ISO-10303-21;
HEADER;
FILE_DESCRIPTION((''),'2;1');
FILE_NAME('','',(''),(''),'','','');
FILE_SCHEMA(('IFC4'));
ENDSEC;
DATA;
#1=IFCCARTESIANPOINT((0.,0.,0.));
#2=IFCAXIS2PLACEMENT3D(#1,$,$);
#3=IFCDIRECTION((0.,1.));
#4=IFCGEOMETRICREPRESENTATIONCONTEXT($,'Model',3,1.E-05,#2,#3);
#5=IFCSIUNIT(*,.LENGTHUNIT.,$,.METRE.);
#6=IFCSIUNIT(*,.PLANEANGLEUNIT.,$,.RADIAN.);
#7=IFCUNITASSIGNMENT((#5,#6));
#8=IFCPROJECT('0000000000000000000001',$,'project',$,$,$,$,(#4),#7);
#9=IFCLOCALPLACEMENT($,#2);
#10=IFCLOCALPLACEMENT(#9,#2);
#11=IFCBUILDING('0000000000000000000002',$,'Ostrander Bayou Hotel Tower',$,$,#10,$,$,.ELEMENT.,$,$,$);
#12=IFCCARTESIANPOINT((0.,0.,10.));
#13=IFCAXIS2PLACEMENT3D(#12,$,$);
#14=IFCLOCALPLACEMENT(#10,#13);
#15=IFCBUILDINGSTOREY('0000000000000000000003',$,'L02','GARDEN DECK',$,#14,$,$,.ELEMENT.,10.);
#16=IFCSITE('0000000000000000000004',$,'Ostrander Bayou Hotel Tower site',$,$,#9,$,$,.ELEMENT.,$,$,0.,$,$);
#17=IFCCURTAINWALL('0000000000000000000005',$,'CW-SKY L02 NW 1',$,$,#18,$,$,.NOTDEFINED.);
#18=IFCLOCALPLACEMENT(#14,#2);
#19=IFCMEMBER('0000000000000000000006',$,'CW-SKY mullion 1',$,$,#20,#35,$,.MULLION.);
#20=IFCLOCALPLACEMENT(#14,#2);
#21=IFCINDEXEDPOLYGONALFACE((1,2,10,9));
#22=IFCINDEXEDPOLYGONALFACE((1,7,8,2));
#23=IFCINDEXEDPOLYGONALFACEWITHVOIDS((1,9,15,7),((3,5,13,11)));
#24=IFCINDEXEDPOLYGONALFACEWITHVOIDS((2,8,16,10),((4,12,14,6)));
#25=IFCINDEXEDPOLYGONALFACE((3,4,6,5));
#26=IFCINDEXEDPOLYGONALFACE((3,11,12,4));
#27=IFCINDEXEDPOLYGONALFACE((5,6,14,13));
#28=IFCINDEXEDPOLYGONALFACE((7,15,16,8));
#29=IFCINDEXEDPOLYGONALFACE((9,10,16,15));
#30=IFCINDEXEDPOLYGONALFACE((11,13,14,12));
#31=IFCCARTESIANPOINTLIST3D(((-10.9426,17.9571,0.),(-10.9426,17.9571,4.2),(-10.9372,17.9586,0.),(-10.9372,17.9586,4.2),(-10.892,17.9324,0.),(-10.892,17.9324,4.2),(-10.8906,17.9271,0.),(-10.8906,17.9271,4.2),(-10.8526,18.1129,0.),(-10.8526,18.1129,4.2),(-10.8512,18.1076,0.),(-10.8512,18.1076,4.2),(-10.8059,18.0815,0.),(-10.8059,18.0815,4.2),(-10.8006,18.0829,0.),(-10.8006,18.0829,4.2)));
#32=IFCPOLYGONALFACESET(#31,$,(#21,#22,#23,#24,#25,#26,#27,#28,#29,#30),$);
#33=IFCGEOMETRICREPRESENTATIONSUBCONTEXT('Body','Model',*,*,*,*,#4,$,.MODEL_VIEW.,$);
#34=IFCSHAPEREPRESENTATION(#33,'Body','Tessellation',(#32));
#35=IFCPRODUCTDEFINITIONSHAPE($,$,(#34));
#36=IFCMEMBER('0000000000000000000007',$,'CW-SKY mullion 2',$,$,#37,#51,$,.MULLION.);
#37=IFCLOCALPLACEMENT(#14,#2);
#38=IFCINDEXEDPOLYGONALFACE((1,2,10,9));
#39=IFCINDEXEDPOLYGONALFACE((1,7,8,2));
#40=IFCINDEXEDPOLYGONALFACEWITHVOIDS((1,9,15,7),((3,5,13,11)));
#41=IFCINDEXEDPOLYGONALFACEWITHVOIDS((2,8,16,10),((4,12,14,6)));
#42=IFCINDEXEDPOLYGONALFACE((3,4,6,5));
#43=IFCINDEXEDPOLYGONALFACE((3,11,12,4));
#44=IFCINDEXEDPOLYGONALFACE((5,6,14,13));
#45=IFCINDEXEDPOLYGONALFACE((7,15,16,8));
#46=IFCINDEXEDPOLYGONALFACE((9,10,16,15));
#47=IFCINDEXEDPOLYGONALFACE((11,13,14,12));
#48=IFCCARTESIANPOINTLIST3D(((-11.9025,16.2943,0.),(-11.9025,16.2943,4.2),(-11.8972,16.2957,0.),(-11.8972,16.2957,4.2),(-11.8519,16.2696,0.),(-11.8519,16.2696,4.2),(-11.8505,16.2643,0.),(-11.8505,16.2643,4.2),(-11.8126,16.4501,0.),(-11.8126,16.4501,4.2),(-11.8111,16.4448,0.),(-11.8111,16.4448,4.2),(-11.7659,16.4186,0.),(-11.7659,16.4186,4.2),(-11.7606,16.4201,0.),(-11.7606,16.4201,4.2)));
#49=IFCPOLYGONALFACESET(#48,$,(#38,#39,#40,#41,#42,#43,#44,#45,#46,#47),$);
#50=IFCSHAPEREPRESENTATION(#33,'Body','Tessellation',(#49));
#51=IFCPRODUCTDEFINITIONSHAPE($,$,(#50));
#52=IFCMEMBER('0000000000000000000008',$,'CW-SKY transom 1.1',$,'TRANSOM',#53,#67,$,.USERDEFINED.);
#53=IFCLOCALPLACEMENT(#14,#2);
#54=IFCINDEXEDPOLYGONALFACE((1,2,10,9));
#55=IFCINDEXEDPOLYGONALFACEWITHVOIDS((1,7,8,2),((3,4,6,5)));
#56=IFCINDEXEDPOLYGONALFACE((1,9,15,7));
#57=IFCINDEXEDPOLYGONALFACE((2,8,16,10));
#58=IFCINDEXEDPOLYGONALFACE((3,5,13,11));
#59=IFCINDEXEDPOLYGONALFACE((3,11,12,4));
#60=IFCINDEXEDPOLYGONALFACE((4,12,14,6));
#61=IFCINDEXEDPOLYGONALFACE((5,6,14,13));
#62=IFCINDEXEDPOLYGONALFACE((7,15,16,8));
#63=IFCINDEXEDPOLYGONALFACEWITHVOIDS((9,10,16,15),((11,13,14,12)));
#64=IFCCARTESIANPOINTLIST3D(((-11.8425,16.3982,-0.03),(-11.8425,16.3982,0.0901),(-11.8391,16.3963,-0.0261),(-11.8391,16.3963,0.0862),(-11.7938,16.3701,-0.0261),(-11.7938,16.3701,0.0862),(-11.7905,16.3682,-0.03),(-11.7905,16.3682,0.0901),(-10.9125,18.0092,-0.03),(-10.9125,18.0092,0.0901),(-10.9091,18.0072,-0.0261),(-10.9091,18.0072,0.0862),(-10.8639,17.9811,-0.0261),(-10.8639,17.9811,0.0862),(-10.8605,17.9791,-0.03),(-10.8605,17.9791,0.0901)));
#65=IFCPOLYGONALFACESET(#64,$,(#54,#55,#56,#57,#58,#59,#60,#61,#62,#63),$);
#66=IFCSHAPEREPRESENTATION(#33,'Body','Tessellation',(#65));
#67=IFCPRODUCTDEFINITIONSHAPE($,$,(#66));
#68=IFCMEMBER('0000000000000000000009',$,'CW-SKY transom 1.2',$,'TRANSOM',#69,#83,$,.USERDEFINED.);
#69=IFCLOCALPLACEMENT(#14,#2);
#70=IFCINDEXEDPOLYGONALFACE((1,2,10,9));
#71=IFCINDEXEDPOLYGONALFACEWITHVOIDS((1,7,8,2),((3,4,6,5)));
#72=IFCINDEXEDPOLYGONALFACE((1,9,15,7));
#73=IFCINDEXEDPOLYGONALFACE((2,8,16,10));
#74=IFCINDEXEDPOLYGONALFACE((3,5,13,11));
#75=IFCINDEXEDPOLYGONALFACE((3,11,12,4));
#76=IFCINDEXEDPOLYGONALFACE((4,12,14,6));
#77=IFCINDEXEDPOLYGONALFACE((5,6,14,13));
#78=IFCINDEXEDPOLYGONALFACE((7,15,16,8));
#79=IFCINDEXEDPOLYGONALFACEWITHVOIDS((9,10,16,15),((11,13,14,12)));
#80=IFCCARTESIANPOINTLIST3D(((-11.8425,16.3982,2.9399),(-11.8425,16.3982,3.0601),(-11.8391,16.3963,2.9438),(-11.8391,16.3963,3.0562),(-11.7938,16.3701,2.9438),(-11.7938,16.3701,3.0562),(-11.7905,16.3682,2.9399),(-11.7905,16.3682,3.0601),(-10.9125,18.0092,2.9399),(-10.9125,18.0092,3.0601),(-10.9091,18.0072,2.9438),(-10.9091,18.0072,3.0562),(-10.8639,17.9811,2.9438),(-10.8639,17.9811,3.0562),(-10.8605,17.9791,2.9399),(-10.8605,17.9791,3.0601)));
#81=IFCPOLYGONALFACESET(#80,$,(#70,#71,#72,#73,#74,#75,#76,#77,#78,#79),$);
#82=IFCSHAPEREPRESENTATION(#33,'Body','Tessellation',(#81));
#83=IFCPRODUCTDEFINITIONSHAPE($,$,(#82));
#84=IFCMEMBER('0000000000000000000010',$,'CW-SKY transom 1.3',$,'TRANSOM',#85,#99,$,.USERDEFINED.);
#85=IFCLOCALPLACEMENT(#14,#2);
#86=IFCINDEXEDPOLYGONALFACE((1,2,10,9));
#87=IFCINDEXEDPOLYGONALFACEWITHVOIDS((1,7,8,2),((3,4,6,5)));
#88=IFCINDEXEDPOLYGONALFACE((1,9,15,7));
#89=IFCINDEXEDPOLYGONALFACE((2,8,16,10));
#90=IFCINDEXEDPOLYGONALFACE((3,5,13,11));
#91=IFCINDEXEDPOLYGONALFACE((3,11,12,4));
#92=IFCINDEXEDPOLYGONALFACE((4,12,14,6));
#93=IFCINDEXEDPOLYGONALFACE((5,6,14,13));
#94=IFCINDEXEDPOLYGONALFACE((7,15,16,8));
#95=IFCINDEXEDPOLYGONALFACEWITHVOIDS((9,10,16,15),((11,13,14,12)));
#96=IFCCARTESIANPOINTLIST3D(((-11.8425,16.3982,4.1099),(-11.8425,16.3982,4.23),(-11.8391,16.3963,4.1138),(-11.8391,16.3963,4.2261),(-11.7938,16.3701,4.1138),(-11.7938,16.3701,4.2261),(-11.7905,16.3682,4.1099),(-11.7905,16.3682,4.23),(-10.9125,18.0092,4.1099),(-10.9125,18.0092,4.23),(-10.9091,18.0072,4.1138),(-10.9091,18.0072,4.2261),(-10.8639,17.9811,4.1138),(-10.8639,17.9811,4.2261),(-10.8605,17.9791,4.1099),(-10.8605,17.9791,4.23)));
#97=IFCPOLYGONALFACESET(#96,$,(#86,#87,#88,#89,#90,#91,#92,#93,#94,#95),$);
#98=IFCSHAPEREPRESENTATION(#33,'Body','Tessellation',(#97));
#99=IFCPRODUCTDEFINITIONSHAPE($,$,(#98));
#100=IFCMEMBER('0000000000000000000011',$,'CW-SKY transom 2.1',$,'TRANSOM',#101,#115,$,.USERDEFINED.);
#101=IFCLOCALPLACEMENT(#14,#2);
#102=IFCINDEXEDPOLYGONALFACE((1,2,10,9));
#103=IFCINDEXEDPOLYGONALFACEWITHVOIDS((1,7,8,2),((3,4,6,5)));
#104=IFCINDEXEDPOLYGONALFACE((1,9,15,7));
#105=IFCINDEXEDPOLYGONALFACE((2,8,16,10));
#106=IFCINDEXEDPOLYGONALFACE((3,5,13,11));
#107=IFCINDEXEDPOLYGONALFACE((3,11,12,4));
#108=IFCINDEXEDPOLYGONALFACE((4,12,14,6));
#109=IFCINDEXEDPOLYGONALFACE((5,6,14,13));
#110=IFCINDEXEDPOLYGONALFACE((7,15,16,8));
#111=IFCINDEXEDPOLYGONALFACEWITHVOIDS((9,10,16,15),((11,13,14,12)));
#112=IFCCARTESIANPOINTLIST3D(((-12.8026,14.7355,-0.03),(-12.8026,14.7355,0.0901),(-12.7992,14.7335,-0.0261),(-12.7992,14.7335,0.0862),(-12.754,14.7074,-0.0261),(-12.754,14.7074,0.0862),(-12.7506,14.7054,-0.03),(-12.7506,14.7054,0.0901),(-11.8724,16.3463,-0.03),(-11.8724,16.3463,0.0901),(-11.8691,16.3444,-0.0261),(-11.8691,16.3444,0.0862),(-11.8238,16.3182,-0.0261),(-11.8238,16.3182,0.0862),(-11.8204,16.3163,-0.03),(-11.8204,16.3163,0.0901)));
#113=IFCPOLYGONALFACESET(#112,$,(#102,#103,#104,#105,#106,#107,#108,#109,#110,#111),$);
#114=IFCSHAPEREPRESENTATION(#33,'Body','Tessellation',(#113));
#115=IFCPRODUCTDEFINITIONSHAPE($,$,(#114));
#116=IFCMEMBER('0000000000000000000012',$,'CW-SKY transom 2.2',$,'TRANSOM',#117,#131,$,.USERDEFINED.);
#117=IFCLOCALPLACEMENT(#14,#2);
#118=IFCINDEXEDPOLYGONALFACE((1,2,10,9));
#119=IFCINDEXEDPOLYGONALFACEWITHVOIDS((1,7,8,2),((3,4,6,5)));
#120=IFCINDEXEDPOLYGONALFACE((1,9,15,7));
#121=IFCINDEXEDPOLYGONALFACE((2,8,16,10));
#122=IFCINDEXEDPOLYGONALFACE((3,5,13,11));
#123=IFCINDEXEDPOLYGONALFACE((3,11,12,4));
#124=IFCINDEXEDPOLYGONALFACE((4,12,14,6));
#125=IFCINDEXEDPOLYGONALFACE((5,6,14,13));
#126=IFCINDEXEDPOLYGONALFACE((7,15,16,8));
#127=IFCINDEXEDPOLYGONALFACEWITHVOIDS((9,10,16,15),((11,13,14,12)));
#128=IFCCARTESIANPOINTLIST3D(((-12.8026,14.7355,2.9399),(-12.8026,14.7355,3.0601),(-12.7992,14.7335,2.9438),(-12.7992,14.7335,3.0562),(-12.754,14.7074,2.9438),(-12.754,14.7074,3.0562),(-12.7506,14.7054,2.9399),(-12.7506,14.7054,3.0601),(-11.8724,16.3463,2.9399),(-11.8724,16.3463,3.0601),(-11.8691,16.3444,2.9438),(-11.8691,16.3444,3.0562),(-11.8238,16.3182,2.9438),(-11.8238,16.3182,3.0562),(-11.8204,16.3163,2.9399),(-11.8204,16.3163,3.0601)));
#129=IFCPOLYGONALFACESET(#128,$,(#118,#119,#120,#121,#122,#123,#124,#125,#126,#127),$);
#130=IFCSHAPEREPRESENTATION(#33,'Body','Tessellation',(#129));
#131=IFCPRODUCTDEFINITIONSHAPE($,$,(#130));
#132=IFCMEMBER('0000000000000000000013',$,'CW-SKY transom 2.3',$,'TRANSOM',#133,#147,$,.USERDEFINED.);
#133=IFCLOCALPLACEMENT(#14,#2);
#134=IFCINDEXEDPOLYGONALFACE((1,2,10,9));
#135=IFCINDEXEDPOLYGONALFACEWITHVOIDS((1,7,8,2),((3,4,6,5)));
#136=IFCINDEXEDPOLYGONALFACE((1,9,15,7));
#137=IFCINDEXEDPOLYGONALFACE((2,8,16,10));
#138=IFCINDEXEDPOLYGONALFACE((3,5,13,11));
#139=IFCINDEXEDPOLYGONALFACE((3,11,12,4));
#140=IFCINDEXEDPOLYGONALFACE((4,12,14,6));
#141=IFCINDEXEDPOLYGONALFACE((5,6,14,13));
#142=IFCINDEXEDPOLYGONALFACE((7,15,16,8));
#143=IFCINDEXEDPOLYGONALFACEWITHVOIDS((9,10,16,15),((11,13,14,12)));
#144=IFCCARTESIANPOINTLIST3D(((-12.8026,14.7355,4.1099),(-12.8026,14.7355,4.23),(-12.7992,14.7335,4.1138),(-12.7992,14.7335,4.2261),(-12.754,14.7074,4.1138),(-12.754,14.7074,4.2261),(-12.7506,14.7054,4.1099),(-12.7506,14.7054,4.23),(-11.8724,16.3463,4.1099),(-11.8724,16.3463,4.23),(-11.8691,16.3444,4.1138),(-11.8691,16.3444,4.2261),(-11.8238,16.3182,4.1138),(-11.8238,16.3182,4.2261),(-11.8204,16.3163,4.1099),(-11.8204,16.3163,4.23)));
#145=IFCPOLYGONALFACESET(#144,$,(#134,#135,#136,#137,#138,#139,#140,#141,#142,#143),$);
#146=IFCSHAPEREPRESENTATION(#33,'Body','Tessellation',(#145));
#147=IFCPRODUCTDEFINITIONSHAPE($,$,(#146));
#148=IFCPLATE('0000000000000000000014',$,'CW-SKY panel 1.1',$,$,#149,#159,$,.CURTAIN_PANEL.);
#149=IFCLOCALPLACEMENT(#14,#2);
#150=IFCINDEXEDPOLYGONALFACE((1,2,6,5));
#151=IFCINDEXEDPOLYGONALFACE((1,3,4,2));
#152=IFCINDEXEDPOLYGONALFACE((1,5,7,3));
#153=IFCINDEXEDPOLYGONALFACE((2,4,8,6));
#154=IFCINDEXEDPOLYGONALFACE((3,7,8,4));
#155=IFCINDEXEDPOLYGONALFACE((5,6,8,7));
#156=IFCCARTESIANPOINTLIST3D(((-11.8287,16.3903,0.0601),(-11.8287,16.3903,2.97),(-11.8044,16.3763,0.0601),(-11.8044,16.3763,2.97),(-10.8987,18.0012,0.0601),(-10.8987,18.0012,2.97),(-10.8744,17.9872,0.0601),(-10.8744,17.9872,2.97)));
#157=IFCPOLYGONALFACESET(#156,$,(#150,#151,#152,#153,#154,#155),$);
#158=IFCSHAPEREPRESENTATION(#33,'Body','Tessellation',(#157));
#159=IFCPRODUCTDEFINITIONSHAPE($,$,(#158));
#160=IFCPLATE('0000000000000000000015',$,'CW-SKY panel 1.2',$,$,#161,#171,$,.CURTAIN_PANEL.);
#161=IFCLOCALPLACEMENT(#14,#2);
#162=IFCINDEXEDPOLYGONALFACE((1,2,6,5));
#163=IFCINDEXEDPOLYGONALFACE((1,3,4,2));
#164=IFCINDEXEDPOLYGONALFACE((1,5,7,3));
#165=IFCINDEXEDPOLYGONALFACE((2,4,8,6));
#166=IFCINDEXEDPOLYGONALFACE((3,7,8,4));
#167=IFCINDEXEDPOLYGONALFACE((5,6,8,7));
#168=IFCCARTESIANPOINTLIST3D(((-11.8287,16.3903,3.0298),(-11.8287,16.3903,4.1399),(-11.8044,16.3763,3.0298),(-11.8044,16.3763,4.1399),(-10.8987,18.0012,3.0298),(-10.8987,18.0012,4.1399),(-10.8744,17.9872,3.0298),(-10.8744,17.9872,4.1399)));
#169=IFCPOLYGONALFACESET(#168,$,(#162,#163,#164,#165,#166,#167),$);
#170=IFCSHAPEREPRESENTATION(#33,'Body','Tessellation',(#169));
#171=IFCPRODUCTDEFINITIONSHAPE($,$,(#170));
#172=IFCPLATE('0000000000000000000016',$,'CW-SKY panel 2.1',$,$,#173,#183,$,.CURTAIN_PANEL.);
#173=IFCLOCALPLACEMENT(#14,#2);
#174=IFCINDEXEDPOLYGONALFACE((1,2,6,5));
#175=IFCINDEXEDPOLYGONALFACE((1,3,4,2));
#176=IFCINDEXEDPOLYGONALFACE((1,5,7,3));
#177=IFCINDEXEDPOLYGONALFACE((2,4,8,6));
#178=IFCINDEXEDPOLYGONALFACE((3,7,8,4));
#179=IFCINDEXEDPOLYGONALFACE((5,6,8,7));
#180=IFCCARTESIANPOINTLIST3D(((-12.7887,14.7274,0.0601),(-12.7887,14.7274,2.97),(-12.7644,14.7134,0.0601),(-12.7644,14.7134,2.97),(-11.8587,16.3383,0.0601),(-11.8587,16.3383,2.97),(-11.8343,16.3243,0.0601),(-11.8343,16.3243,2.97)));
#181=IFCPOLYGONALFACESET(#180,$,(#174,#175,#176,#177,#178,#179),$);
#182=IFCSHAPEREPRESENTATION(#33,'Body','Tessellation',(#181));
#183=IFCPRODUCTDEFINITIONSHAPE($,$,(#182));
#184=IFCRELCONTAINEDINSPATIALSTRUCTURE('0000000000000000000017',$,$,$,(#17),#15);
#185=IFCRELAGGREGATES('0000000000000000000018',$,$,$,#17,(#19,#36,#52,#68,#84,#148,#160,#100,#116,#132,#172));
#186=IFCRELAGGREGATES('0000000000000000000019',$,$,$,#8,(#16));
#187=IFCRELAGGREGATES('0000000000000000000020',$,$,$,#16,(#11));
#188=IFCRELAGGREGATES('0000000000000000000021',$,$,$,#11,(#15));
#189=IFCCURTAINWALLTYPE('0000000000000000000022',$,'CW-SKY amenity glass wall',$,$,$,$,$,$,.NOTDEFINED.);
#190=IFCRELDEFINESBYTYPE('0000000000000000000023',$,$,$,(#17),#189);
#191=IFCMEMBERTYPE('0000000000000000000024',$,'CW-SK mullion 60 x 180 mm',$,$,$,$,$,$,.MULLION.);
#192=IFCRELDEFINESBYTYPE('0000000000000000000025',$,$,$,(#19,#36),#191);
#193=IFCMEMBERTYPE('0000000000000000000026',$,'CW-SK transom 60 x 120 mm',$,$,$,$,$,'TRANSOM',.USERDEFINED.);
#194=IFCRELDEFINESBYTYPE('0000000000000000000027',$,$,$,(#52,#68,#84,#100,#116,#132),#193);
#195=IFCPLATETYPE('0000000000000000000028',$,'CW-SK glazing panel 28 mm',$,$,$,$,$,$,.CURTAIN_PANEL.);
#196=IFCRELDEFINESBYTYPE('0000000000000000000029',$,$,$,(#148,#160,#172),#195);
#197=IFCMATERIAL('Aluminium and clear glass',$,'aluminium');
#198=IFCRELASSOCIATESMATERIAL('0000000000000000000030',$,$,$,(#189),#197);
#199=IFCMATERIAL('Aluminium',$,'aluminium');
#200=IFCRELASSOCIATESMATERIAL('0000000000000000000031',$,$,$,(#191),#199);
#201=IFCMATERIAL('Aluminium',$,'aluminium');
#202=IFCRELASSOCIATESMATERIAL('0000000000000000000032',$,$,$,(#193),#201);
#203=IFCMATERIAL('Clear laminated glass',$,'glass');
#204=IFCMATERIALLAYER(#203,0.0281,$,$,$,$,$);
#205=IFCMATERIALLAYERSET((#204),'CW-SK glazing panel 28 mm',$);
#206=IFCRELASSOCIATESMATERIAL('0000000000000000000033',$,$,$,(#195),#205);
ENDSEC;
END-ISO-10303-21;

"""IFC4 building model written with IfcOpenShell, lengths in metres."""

from ifc_helpers import new_model, si_unit, direction, frame, origin, origin_2d, place, context, subcontext, project, spatial, rectangle, hollow_rectangle, extrude, material, layer, layer_set, material_profile, profile_set, type_object, element, aggregate, save


model = new_model("IFC4")

# Units and contexts
model_context = context("Model", 3, precision=1e-05, world=origin(), true_north=direction((0.0, 1.0)))
body_context = subcontext(model_context, "Body", "Model", "MODEL_VIEW")
ifc_project = project(units=[si_unit("LENGTHUNIT", "METRE"), si_unit("PLANEANGLEUNIT", "RADIAN")], contexts=[model_context])

# Site, building, storey
site_placement = place(None, origin())
site = spatial("IfcSite", under=ifc_project, at=site_placement, Name="Ostrander Bayou Hotel Tower site", CompositionType="ELEMENT", RefElevation=0.0)
building_placement = place(site_placement, origin())
building = spatial("IfcBuilding", under=site, at=building_placement, Name="Ostrander Bayou Hotel Tower", CompositionType="ELEMENT")
storey_placement = place(building_placement, frame((0.0, 0.0, 10.0)))
storey = spatial("IfcBuildingStorey", under=building, at=storey_placement, Name="L02", Description="GARDEN DECK", CompositionType="ELEMENT", Elevation=10.0)

# Curtain wall, members, plates
ifc_material_1 = material(Name="Aluminium and clear glass", Category="aluminium")
curtain_wall_type = type_object("IfcCurtainWallType", Name="CW-SKY amenity glass wall", PredefinedType="NOTDEFINED", material=ifc_material_1)
curtain_wall_placement = place(storey_placement, origin())
curtain_wall = element("IfcCurtainWall", 1, at=curtain_wall_placement, inside=storey, type_object=curtain_wall_type, Name="CW-SKY L02 NW 1", PredefinedType="NOTDEFINED")
ifc_material_2 = material(Name="Aluminium", Category="aluminium")
ifc_material_profile_1 = material_profile(ifc_material_2, hollow_rectangle(XDim=0.0601, YDim=0.1799, WallThickness=0.0039, at=origin_2d()))
ifc_profile_set_1 = profile_set([ifc_material_profile_1], Name="Aluminium")
member_type_1 = type_object("IfcMemberType", Name="CW-SK mullion 60 x 180 mm", PredefinedType="MULLION", material=ifc_profile_set_1)
member_1_placement = place(storey_placement, frame((-10.8716, 18.02, 0.0), z_axis=(0.0, 0.0, 1.0), x_axis=(0.866025, -0.5, 0.0)))
member_1 = element("IfcMember", 2, at=member_1_placement, type_object=member_type_1, Name="CW-SKY mullion 1", PredefinedType="MULLION", context=body_context, shape_type="SweptSolid", body=[
    extrude(hollow_rectangle(XDim=0.0601, YDim=0.1799, WallThickness=0.0039, at=origin_2d()), origin(), (0.0, 0.0, 1.0), 4.2),
])
member_2_placement = place(storey_placement, frame((-11.8315, 16.3572, 0.0), z_axis=(0.0, 0.0, 1.0), x_axis=(0.866025, -0.5, 0.0)))
member_2 = element("IfcMember", 3, at=member_2_placement, type_object=member_type_1, Name="CW-SKY mullion 2", PredefinedType="MULLION", context=body_context, shape_type="SweptSolid", body=[
    extrude(hollow_rectangle(XDim=0.0601, YDim=0.1799, WallThickness=0.0039, at=origin_2d()), origin(), (0.0, 0.0, 1.0), 4.2),
])
ifc_material_3 = material(Name="Aluminium", Category="aluminium")
ifc_material_profile_2 = material_profile(ifc_material_3, hollow_rectangle(XDim=0.0601, YDim=0.1201, WallThickness=0.0039, at=origin_2d()))
ifc_profile_set_2 = profile_set([ifc_material_profile_2], Name="Aluminium")
member_type_2 = type_object("IfcMemberType", Name="CW-SK transom 60 x 120 mm", ElementType="TRANSOM", PredefinedType="USERDEFINED", material=ifc_profile_set_2)
member_3_placement = place(storey_placement, frame((-10.8865, 17.9941, 0.03), z_axis=(-0.499965, -0.866046, 0.0), x_axis=(0.866046, -0.499965, 0.0)))
member_3 = element("IfcMember", 4, at=member_3_placement, type_object=member_type_2, Name="CW-SKY transom 1.1", ObjectType="TRANSOM", PredefinedType="USERDEFINED", context=body_context, shape_type="SweptSolid", body=[
    extrude(hollow_rectangle(XDim=0.0601, YDim=0.1201, WallThickness=0.0039, at=origin_2d()), origin(), (0.0, 0.0, 1.0), 1.8601),
])
member_4_placement = place(storey_placement, frame((-10.8865, 17.9941, 3.0), z_axis=(-0.499965, -0.866046, 0.0), x_axis=(0.866046, -0.499965, 0.0)))
member_4 = element("IfcMember", 5, at=member_4_placement, type_object=member_type_2, Name="CW-SKY transom 1.2", ObjectType="TRANSOM", PredefinedType="USERDEFINED", context=body_context, shape_type="SweptSolid", body=[
    extrude(hollow_rectangle(XDim=0.0601, YDim=0.1201, WallThickness=0.0039, at=origin_2d()), origin(), (0.0, 0.0, 1.0), 1.8601),
])
member_5_placement = place(storey_placement, frame((-10.8865, 17.9941, 4.1699), z_axis=(-0.499965, -0.866046, 0.0), x_axis=(0.866046, -0.499965, 0.0)))
member_5 = element("IfcMember", 6, at=member_5_placement, type_object=member_type_2, Name="CW-SKY transom 1.3", ObjectType="TRANSOM", PredefinedType="USERDEFINED", context=body_context, shape_type="SweptSolid", body=[
    extrude(hollow_rectangle(XDim=0.0601, YDim=0.1201, WallThickness=0.0039, at=origin_2d()), origin(), (0.0, 0.0, 1.0), 1.8601),
])
member_6_placement = place(storey_placement, frame((-11.8464, 16.3313, 0.03), z_axis=(-0.500063, -0.865989, 0.0), x_axis=(0.865989, -0.500063, 0.0)))
member_6 = element("IfcMember", 7, at=member_6_placement, type_object=member_type_2, Name="CW-SKY transom 2.1", ObjectType="TRANSOM", PredefinedType="USERDEFINED", context=body_context, shape_type="SweptSolid", body=[
    extrude(hollow_rectangle(XDim=0.0601, YDim=0.1201, WallThickness=0.0039, at=origin_2d()), origin(), (0.0, 0.0, 1.0), 1.8601),
])
member_7_placement = place(storey_placement, frame((-11.8464, 16.3313, 3.0), z_axis=(-0.500063, -0.865989, 0.0), x_axis=(0.865989, -0.500063, 0.0)))
member_7 = element("IfcMember", 8, at=member_7_placement, type_object=member_type_2, Name="CW-SKY transom 2.2", ObjectType="TRANSOM", PredefinedType="USERDEFINED", context=body_context, shape_type="SweptSolid", body=[
    extrude(hollow_rectangle(XDim=0.0601, YDim=0.1201, WallThickness=0.0039, at=origin_2d()), origin(), (0.0, 0.0, 1.0), 1.8601),
])
member_8_placement = place(storey_placement, frame((-11.8464, 16.3313, 4.1699), z_axis=(-0.500063, -0.865989, 0.0), x_axis=(0.865989, -0.500063, 0.0)))
member_8 = element("IfcMember", 9, at=member_8_placement, type_object=member_type_2, Name="CW-SKY transom 2.3", ObjectType="TRANSOM", PredefinedType="USERDEFINED", context=body_context, shape_type="SweptSolid", body=[
    extrude(hollow_rectangle(XDim=0.0601, YDim=0.1201, WallThickness=0.0039, at=origin_2d()), origin(), (0.0, 0.0, 1.0), 1.8601),
])
ifc_material_4 = material(Name="Clear laminated glass", Category="glass")
ifc_layer_1 = layer(ifc_material_4, 0.0281)
ifc_layer_set_1 = layer_set([ifc_layer_1], Name="CW-SK glazing panel 28 mm")
plate_type = type_object("IfcPlateType", Name="CW-SK glazing panel 28 mm", PredefinedType="CURTAIN_PANEL", material=ifc_layer_set_1)
plate_1_placement = place(storey_placement, frame((-11.3516, 17.1887, 0.0601), z_axis=(0.0, 0.0, 1.0), x_axis=(-0.5, -0.866025, 0.0)))
plate_1 = element("IfcPlate", 10, at=plate_1_placement, type_object=plate_type, Name="CW-SKY panel 1.1", PredefinedType="CURTAIN_PANEL", context=body_context, shape_type="SweptSolid", body=[
    extrude(rectangle(XDim=1.8601, YDim=0.0281, at=origin_2d()), origin(), (0.0, 0.0, 1.0), 2.9099),
])
plate_2_placement = place(storey_placement, frame((-11.3516, 17.1887, 3.0298), z_axis=(0.0, 0.0, 1.0), x_axis=(-0.5, -0.866025, 0.0)))
plate_2 = element("IfcPlate", 11, at=plate_2_placement, type_object=plate_type, Name="CW-SKY panel 1.2", PredefinedType="CURTAIN_PANEL", context=body_context, shape_type="SweptSolid", body=[
    extrude(rectangle(XDim=1.8601, YDim=0.0281, at=origin_2d()), origin(), (0.0, 0.0, 1.0), 1.1101),
])
plate_3_placement = place(storey_placement, frame((-12.3115, 15.5259, 0.0601), z_axis=(0.0, 0.0, 1.0), x_axis=(-0.5, -0.866025, 0.0)))
plate_3 = element("IfcPlate", 12, at=plate_3_placement, type_object=plate_type, Name="CW-SKY panel 2.1", PredefinedType="CURTAIN_PANEL", context=body_context, shape_type="SweptSolid", body=[
    extrude(rectangle(XDim=1.8601, YDim=0.0281, at=origin_2d()), origin(), (0.0, 0.0, 1.0), 2.9099),
])
aggregate(curtain_wall, [member_1, member_2, member_3, member_4, member_5, plate_1, plate_2, member_6, member_7, member_8, plate_3])

save(model, "model.ifc")
